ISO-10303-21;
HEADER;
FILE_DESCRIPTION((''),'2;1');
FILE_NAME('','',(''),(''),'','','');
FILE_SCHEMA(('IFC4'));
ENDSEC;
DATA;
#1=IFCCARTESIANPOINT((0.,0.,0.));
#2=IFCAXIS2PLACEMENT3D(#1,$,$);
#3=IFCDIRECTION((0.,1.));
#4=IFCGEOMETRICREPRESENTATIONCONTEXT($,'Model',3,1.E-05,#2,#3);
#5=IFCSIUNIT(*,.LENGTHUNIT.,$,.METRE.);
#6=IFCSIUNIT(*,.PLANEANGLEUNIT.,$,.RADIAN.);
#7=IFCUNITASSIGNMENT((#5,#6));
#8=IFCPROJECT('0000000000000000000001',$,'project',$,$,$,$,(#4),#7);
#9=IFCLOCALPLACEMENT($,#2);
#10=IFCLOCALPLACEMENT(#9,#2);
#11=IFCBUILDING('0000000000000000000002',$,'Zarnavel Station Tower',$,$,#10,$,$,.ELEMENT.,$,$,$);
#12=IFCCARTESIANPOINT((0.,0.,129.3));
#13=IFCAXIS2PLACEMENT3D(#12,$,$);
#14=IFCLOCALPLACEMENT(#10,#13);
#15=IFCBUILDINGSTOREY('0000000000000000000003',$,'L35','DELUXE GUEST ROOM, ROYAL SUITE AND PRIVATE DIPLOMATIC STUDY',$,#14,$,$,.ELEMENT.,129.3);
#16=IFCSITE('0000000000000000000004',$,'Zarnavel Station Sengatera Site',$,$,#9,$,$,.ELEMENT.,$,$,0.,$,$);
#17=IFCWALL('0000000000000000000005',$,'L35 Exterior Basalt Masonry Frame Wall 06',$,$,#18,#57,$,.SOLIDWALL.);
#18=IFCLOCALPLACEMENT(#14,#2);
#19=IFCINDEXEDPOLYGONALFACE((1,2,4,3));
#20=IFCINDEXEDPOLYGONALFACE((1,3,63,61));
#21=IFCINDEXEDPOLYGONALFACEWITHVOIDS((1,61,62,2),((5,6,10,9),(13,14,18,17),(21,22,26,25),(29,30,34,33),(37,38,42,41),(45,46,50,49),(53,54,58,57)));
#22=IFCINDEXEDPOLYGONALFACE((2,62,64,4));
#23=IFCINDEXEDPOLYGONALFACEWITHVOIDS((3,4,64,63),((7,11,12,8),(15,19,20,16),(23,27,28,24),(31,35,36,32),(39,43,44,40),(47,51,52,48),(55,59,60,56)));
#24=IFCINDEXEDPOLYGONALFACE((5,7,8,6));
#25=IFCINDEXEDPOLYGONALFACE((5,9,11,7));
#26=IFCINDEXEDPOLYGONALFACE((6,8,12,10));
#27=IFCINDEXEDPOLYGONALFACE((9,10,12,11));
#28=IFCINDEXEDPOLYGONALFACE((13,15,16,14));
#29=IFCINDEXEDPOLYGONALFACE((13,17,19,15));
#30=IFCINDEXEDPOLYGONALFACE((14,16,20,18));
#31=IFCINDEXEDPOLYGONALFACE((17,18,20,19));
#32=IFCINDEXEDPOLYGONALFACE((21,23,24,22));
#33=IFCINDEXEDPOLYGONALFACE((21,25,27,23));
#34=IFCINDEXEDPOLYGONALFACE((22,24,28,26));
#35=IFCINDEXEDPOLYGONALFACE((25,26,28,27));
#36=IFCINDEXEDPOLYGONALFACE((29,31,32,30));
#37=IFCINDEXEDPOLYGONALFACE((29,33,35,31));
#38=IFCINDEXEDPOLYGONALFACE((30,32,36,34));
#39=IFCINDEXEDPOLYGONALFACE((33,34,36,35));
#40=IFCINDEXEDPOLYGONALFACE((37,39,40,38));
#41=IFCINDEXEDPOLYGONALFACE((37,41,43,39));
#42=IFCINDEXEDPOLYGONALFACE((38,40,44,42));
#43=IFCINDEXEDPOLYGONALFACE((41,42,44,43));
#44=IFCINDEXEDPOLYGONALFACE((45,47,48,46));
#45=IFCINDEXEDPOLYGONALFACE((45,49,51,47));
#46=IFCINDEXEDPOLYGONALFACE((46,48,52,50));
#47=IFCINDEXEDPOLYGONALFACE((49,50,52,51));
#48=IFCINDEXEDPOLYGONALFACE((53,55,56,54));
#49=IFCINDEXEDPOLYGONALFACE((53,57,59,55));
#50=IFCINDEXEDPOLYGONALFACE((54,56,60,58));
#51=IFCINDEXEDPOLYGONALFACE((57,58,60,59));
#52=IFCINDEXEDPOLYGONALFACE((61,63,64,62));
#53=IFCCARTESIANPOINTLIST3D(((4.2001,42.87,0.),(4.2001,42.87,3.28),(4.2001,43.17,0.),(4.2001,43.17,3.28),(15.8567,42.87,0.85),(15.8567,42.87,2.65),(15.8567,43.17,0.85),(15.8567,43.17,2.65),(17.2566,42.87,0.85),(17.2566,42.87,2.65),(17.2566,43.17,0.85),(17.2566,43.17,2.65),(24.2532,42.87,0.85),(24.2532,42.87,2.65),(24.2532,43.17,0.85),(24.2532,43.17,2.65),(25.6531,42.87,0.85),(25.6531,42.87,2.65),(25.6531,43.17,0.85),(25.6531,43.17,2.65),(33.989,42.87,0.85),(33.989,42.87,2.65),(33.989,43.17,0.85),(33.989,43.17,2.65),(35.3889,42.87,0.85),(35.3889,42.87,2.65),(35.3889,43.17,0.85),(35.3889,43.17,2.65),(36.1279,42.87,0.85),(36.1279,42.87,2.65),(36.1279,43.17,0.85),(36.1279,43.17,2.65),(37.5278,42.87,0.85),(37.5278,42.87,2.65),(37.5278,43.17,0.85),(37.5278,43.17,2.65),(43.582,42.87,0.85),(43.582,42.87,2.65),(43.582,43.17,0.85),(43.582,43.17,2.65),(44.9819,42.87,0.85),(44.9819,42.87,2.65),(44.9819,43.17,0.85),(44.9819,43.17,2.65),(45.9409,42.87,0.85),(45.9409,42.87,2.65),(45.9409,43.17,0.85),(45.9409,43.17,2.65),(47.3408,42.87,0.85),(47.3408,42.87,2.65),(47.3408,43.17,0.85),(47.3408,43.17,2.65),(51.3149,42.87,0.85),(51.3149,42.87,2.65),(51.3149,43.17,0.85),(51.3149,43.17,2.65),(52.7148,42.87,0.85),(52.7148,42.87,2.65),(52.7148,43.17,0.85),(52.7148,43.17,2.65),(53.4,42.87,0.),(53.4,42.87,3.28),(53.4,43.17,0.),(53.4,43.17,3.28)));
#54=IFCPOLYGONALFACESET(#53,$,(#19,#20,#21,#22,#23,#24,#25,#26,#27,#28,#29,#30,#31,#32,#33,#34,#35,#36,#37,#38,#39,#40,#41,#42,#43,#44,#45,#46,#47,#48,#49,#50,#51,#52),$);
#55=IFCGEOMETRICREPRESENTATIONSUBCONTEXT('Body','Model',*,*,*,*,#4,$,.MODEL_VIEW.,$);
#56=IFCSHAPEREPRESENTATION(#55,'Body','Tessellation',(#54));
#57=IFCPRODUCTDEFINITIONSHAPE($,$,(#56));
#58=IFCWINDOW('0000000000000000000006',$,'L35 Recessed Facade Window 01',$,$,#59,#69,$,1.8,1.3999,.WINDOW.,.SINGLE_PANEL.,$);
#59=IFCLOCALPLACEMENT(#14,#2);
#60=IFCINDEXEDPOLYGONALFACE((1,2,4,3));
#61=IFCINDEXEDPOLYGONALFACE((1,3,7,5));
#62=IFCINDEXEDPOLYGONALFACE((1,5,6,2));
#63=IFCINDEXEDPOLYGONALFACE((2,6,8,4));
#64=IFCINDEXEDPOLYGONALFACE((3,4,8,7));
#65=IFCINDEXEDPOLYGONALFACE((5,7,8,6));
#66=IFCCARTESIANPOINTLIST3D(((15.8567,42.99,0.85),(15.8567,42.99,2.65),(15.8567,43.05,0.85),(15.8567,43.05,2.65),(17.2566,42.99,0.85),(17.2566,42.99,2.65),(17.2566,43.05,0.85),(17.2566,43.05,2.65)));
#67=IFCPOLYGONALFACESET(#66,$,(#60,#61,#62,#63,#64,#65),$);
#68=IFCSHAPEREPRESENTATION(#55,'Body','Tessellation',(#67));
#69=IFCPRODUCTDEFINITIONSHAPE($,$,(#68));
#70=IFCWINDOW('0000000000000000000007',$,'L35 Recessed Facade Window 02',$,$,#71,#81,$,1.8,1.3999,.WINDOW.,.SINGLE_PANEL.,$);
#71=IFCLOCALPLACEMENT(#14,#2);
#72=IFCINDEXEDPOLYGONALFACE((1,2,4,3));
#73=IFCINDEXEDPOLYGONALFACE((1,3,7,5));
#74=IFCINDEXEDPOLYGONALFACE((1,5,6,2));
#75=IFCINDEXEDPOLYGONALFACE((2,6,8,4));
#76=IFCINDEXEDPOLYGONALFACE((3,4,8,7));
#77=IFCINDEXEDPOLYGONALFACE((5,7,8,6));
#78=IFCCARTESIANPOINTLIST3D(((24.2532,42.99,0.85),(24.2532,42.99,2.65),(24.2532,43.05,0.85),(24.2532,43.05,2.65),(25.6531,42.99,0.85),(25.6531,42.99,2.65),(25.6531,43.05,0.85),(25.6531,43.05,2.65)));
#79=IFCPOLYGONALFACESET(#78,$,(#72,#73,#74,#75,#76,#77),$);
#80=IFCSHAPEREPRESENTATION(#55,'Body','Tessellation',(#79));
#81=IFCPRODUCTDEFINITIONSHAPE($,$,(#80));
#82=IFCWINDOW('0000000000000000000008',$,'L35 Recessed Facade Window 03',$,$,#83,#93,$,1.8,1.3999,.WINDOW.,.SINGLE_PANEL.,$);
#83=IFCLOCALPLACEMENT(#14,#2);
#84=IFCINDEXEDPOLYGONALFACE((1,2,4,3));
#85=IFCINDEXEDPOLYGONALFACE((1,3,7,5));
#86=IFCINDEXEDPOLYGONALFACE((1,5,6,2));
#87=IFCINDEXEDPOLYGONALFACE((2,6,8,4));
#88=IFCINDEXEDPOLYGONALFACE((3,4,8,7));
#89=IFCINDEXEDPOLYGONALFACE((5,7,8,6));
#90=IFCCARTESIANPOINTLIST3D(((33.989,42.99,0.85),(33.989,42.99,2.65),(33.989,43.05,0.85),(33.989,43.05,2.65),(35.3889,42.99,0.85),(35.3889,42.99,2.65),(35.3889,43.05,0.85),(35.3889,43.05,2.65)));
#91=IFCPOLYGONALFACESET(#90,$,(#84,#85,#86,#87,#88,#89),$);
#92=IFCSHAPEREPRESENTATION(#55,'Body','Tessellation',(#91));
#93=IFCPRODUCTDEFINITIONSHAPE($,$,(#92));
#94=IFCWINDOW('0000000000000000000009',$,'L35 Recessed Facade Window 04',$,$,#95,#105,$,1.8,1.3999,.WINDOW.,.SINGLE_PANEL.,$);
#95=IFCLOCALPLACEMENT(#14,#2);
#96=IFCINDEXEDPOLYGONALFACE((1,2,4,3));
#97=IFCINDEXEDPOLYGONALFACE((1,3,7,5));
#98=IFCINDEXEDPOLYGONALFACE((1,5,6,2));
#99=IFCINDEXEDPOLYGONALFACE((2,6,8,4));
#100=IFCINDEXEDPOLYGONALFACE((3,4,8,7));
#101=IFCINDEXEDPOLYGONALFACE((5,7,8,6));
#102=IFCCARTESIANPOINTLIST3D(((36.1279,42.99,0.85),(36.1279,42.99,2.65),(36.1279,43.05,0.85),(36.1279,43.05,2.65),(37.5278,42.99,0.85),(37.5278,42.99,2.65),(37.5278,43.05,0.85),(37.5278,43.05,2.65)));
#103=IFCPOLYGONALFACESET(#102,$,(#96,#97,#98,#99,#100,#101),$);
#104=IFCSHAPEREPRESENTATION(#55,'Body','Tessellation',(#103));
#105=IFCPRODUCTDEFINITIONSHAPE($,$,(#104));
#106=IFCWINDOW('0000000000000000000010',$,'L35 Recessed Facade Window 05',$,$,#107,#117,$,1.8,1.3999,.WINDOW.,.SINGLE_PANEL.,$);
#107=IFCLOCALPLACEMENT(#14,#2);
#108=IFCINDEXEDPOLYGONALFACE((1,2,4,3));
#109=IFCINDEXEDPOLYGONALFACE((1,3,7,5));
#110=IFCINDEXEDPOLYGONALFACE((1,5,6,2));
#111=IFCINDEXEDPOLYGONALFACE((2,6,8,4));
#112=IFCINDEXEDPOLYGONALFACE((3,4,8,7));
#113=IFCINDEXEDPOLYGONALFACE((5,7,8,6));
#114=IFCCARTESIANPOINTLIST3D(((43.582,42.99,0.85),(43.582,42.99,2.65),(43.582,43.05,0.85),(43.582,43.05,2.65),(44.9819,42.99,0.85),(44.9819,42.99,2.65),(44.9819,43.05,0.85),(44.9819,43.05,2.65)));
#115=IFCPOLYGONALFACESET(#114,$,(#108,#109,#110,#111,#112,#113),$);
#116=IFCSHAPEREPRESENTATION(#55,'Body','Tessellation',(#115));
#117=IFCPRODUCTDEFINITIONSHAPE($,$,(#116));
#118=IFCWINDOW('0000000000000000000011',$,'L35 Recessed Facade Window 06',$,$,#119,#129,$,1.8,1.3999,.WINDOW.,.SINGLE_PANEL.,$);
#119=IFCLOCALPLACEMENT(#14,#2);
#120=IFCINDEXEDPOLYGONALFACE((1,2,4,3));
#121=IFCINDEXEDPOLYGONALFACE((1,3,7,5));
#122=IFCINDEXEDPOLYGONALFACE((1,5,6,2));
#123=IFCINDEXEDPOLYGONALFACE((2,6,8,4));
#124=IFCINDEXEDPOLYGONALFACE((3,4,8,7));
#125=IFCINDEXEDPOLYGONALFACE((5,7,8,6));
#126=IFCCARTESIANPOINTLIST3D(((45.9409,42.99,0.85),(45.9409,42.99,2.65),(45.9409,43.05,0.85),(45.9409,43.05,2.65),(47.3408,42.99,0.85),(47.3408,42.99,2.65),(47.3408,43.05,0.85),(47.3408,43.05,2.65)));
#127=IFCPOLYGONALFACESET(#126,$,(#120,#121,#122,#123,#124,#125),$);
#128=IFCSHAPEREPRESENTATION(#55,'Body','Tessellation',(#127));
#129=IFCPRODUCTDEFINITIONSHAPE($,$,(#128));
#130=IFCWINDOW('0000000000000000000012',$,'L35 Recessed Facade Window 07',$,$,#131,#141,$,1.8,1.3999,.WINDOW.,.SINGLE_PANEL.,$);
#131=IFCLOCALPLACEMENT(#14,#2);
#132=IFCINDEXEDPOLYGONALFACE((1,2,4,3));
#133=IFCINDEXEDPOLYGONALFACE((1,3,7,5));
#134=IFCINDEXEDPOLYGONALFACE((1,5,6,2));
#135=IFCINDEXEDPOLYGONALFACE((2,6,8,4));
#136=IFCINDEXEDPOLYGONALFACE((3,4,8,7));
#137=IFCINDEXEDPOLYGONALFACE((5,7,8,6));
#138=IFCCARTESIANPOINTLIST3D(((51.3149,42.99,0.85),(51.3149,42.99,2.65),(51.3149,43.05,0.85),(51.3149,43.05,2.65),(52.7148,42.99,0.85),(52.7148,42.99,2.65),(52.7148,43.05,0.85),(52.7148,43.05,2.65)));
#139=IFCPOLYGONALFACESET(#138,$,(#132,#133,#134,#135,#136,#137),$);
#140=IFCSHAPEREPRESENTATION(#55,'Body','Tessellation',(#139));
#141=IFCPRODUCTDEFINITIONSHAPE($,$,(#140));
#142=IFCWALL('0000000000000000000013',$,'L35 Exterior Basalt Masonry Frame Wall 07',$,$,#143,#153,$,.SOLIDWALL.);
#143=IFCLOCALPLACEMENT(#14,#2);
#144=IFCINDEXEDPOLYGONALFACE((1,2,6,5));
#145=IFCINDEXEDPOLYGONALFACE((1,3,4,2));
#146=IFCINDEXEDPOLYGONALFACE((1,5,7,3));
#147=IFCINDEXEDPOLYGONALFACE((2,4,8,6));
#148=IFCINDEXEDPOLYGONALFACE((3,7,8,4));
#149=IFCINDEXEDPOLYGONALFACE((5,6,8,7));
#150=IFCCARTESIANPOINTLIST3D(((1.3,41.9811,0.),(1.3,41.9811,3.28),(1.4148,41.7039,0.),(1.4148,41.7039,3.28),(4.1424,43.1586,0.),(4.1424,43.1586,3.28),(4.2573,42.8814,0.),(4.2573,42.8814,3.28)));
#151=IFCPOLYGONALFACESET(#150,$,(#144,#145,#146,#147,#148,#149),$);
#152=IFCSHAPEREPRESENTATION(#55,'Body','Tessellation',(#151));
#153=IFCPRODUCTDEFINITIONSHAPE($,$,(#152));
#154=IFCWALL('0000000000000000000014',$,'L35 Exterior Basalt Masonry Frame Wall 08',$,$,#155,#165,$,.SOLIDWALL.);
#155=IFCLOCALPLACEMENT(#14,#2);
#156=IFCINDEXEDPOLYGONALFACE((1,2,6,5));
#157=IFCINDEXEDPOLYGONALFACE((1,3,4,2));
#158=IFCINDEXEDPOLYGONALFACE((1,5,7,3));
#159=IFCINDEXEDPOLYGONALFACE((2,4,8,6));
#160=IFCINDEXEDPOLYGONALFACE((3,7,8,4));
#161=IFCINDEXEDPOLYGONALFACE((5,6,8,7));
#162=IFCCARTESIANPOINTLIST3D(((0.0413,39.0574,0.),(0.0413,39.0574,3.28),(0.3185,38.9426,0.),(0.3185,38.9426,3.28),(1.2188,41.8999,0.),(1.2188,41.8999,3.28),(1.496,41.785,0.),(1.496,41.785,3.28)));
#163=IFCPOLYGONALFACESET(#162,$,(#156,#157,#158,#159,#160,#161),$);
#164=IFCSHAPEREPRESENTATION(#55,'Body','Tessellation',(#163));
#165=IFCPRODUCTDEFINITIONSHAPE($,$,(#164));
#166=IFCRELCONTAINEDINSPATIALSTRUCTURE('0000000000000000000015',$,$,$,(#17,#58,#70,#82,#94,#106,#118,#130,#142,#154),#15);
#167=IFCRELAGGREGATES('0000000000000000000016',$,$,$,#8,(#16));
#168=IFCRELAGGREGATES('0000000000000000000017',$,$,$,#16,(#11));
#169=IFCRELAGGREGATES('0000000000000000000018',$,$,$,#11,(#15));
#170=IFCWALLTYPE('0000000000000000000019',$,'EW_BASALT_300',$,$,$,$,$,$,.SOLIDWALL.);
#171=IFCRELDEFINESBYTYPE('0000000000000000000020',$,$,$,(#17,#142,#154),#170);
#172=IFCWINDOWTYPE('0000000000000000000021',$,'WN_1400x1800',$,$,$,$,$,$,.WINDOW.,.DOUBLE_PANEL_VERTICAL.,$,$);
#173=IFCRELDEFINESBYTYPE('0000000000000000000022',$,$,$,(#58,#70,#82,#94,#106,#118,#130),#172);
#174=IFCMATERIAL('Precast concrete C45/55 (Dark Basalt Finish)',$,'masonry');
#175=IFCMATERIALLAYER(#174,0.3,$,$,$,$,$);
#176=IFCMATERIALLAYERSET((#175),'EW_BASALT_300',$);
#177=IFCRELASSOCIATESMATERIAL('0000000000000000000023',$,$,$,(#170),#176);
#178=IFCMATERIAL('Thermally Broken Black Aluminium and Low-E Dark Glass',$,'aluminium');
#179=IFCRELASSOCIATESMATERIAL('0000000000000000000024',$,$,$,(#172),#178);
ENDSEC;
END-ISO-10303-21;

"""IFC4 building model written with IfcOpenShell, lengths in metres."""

from ifc_helpers import new_model, si_unit, direction, frame, frame_2d, origin, place, context, subcontext, project, spatial, rectangle, extrude, material, layer, layer_set, type_object, element, fill, save


model = new_model("IFC4")

# Units and contexts
model_context = context("Model", 3, precision=1e-05, world=origin(), true_north=direction((0.0, 1.0)))
body_context = subcontext(model_context, "Body", "Model", "MODEL_VIEW")
ifc_project = project(units=[si_unit("LENGTHUNIT", "METRE"), si_unit("PLANEANGLEUNIT", "RADIAN")], contexts=[model_context])

# Site, building, storey
site_placement = place(None, origin())
site = spatial("IfcSite", under=ifc_project, at=site_placement, Name="Zarnavel Station Sengatera Site", CompositionType="ELEMENT", RefElevation=0.0)
building_placement = place(site_placement, origin())
building = spatial("IfcBuilding", under=site, at=building_placement, Name="Zarnavel Station Tower", CompositionType="ELEMENT")
storey_placement = place(building_placement, frame((0.0, 0.0, 129.3)))
storey = spatial("IfcBuildingStorey", under=building, at=storey_placement, Name="L35", Description="DELUXE GUEST ROOM, ROYAL SUITE AND PRIVATE DIPLOMATIC STUDY", CompositionType="ELEMENT", Elevation=129.3)

# Wall, openings, windows
ifc_material_1 = material(Name="Precast concrete C45/55 (Dark Basalt Finish)", Category="masonry")
ifc_layer_1 = layer(ifc_material_1, 0.3)
ifc_layer_set_1 = layer_set([ifc_layer_1], Name="EW_BASALT_300")
wall_type_1 = type_object("IfcWallType", Name="EW_BASALT_300", PredefinedType="SOLIDWALL", material=ifc_layer_set_1)
wall_1_placement = place(storey_placement, frame((4.2, 43.02, 0.0), z_axis=(0.0, 0.0, 1.0), x_axis=(1.0, 0.0, 0.0)))
wall_1 = element("IfcWall", 1, at=wall_1_placement, inside=storey, type_object=wall_type_1, Name="L35 Exterior Basalt Masonry Frame Wall 06", PredefinedType="SOLIDWALL", context=body_context, shape_type="SweptSolid", body=[
    extrude(rectangle(XDim=49.2, YDim=0.3, at=frame_2d((24.6001, 0.0))), origin(), (0.0, 0.0, 1.0), 3.28),
])
opening_1_placement = place(wall_1_placement, frame((11.6567, 0.0, 0.8501)))
opening_1 = element("IfcOpeningElement", 2, at=opening_1_placement, cuts=wall_1, PredefinedType="OPENING", context=body_context, shape_type="SweptSolid", body=[
    extrude(rectangle(XDim=1.3999, YDim=1.8, at=frame_2d((0.7, 0.8999))), frame((0.0, 0.1599, 0.0), z_axis=(0.0, -1.0, 0.0), x_axis=(1.0, 0.0, 0.0)), (0.0, 0.0, 1.0), 0.3201),
])
opening_2_placement = place(wall_1_placement, frame((20.0532, 0.0, 0.8501)))
opening_2 = element("IfcOpeningElement", 3, at=opening_2_placement, cuts=wall_1, PredefinedType="OPENING", context=body_context, shape_type="SweptSolid", body=[
    extrude(rectangle(XDim=1.3999, YDim=1.8, at=frame_2d((0.7, 0.8999))), frame((0.0, 0.1599, 0.0), z_axis=(0.0, -1.0, 0.0), x_axis=(1.0, 0.0, 0.0)), (0.0, 0.0, 1.0), 0.3201),
])
opening_3_placement = place(wall_1_placement, frame((29.7891, 0.0, 0.8501)))
opening_3 = element("IfcOpeningElement", 4, at=opening_3_placement, cuts=wall_1, PredefinedType="OPENING", context=body_context, shape_type="SweptSolid", body=[
    extrude(rectangle(XDim=1.3999, YDim=1.8, at=frame_2d((0.7, 0.8999))), frame((0.0, 0.1599, 0.0), z_axis=(0.0, -1.0, 0.0), x_axis=(1.0, 0.0, 0.0)), (0.0, 0.0, 1.0), 0.3201),
])
opening_4_placement = place(wall_1_placement, frame((31.928, 0.0, 0.8501)))
opening_4 = element("IfcOpeningElement", 5, at=opening_4_placement, cuts=wall_1, PredefinedType="OPENING", context=body_context, shape_type="SweptSolid", body=[
    extrude(rectangle(XDim=1.3999, YDim=1.8, at=frame_2d((0.7, 0.8999))), frame((0.0, 0.1599, 0.0), z_axis=(0.0, -1.0, 0.0), x_axis=(1.0, 0.0, 0.0)), (0.0, 0.0, 1.0), 0.3201),
])
opening_5_placement = place(wall_1_placement, frame((39.3821, 0.0, 0.8501)))
opening_5 = element("IfcOpeningElement", 6, at=opening_5_placement, cuts=wall_1, PredefinedType="OPENING", context=body_context, shape_type="SweptSolid", body=[
    extrude(rectangle(XDim=1.3999, YDim=1.8, at=frame_2d((0.7, 0.8999))), frame((0.0, 0.1599, 0.0), z_axis=(0.0, -1.0, 0.0), x_axis=(1.0, 0.0, 0.0)), (0.0, 0.0, 1.0), 0.3201),
])
opening_6_placement = place(wall_1_placement, frame((41.741, 0.0, 0.8501)))
opening_6 = element("IfcOpeningElement", 7, at=opening_6_placement, cuts=wall_1, PredefinedType="OPENING", context=body_context, shape_type="SweptSolid", body=[
    extrude(rectangle(XDim=1.3999, YDim=1.8, at=frame_2d((0.7, 0.8999))), frame((0.0, 0.1599, 0.0), z_axis=(0.0, -1.0, 0.0), x_axis=(1.0, 0.0, 0.0)), (0.0, 0.0, 1.0), 0.3201),
])
opening_7_placement = place(wall_1_placement, frame((47.115, 0.0, 0.8501)))
opening_7 = element("IfcOpeningElement", 8, at=opening_7_placement, cuts=wall_1, PredefinedType="OPENING", context=body_context, shape_type="SweptSolid", body=[
    extrude(rectangle(XDim=1.3999, YDim=1.8, at=frame_2d((0.7, 0.8999))), frame((0.0, 0.1599, 0.0), z_axis=(0.0, -1.0, 0.0), x_axis=(1.0, 0.0, 0.0)), (0.0, 0.0, 1.0), 0.3201),
])
ifc_material_2 = material(Name="Thermally Broken Black Aluminium and Low-E Dark Glass", Category="aluminium")
window_type = type_object("IfcWindowType", Name="WN_1400x1800", PartitioningType="DOUBLE_PANEL_VERTICAL", PredefinedType="WINDOW", material=ifc_material_2)
window_1_placement = place(opening_1_placement, origin())
window_1 = element("IfcWindow", 9, at=window_1_placement, inside=storey, type_object=window_type, Name="L35 Recessed Facade Window 01", OverallHeight=1.8, OverallWidth=1.3999, PartitioningType="SINGLE_PANEL", PredefinedType="WINDOW", context=body_context, shape_type="SweptSolid", body=[
    extrude(rectangle(XDim=1.3999, YDim=1.8, at=frame_2d((0.7, 0.8999))), frame((0.0, 0.03, 0.0), z_axis=(0.0, -1.0, 0.0), x_axis=(1.0, 0.0, 0.0)), (0.0, 0.0, 1.0), 0.0601),
])
fill(opening_1, window_1)
window_2_placement = place(opening_2_placement, origin())
window_2 = element("IfcWindow", 10, at=window_2_placement, inside=storey, type_object=window_type, Name="L35 Recessed Facade Window 02", OverallHeight=1.8, OverallWidth=1.3999, PartitioningType="SINGLE_PANEL", PredefinedType="WINDOW", context=body_context, shape_type="SweptSolid", body=[
    extrude(rectangle(XDim=1.3999, YDim=1.8, at=frame_2d((0.7, 0.8999))), frame((0.0, 0.03, 0.0), z_axis=(0.0, -1.0, 0.0), x_axis=(1.0, 0.0, 0.0)), (0.0, 0.0, 1.0), 0.0601),
])
fill(opening_2, window_2)
window_3_placement = place(opening_3_placement, origin())
window_3 = element("IfcWindow", 11, at=window_3_placement, inside=storey, type_object=window_type, Name="L35 Recessed Facade Window 03", OverallHeight=1.8, OverallWidth=1.3999, PartitioningType="SINGLE_PANEL", PredefinedType="WINDOW", context=body_context, shape_type="SweptSolid", body=[
    extrude(rectangle(XDim=1.3999, YDim=1.8, at=frame_2d((0.7, 0.8999))), frame((0.0, 0.03, 0.0), z_axis=(0.0, -1.0, 0.0), x_axis=(1.0, 0.0, 0.0)), (0.0, 0.0, 1.0), 0.0601),
])
fill(opening_3, window_3)
window_4_placement = place(opening_4_placement, origin())
window_4 = element("IfcWindow", 12, at=window_4_placement, inside=storey, type_object=window_type, Name="L35 Recessed Facade Window 04", OverallHeight=1.8, OverallWidth=1.3999, PartitioningType="SINGLE_PANEL", PredefinedType="WINDOW", context=body_context, shape_type="SweptSolid", body=[
    extrude(rectangle(XDim=1.3999, YDim=1.8, at=frame_2d((0.7, 0.8999))), frame((0.0, 0.03, 0.0), z_axis=(0.0, -1.0, 0.0), x_axis=(1.0, 0.0, 0.0)), (0.0, 0.0, 1.0), 0.0601),
])
fill(opening_4, window_4)
window_5_placement = place(opening_5_placement, origin())
window_5 = element("IfcWindow", 13, at=window_5_placement, inside=storey, type_object=window_type, Name="L35 Recessed Facade Window 05", OverallHeight=1.8, OverallWidth=1.3999, PartitioningType="SINGLE_PANEL", PredefinedType="WINDOW", context=body_context, shape_type="SweptSolid", body=[
    extrude(rectangle(XDim=1.3999, YDim=1.8, at=frame_2d((0.7, 0.8999))), frame((0.0, 0.03, 0.0), z_axis=(0.0, -1.0, 0.0), x_axis=(1.0, 0.0, 0.0)), (0.0, 0.0, 1.0), 0.0601),
])
fill(opening_5, window_5)
window_6_placement = place(opening_6_placement, origin())
window_6 = element("IfcWindow", 14, at=window_6_placement, inside=storey, type_object=window_type, Name="L35 Recessed Facade Window 06", OverallHeight=1.8, OverallWidth=1.3999, PartitioningType="SINGLE_PANEL", PredefinedType="WINDOW", context=body_context, shape_type="SweptSolid", body=[
    extrude(rectangle(XDim=1.3999, YDim=1.8, at=frame_2d((0.7, 0.8999))), frame((0.0, 0.03, 0.0), z_axis=(0.0, -1.0, 0.0), x_axis=(1.0, 0.0, 0.0)), (0.0, 0.0, 1.0), 0.0601),
])
fill(opening_6, window_6)
window_7_placement = place(opening_7_placement, origin())
window_7 = element("IfcWindow", 15, at=window_7_placement, inside=storey, type_object=window_type, Name="L35 Recessed Facade Window 07", OverallHeight=1.8, OverallWidth=1.3999, PartitioningType="SINGLE_PANEL", PredefinedType="WINDOW", context=body_context, shape_type="SweptSolid", body=[
    extrude(rectangle(XDim=1.3999, YDim=1.8, at=frame_2d((0.7, 0.8999))), frame((0.0, 0.03, 0.0), z_axis=(0.0, -1.0, 0.0), x_axis=(1.0, 0.0, 0.0)), (0.0, 0.0, 1.0), 0.0601),
])
fill(opening_7, window_7)

# Walls
for number, where, z_axis, x_axis, name in (
    (16, (1.3574, 41.8425, 0.0), (0.0, 0.0, 1.0), (0.923871, 0.382705, 0.0), "L35 Exterior Basalt Masonry Frame Wall 07"),
    (17, (0.1799, 39.0, 0.0), (0.0, 0.0, 1.0), (0.382705, 0.923871, 0.0), "L35 Exterior Basalt Masonry Frame Wall 08"),
):
    element("IfcWall", number, at=place(storey_placement, frame(where, z_axis=z_axis, x_axis=x_axis)), inside=storey, type_object=wall_type_1, Name=name, PredefinedType="SOLIDWALL", context=body_context, shape_type="SweptSolid", body=[
        extrude(rectangle(XDim=3.0767, YDim=0.3, at=frame_2d((1.5383, 0.0))), origin(), (0.0, 0.0, 1.0), 3.28),
    ])

save(model, "model.ifc")
